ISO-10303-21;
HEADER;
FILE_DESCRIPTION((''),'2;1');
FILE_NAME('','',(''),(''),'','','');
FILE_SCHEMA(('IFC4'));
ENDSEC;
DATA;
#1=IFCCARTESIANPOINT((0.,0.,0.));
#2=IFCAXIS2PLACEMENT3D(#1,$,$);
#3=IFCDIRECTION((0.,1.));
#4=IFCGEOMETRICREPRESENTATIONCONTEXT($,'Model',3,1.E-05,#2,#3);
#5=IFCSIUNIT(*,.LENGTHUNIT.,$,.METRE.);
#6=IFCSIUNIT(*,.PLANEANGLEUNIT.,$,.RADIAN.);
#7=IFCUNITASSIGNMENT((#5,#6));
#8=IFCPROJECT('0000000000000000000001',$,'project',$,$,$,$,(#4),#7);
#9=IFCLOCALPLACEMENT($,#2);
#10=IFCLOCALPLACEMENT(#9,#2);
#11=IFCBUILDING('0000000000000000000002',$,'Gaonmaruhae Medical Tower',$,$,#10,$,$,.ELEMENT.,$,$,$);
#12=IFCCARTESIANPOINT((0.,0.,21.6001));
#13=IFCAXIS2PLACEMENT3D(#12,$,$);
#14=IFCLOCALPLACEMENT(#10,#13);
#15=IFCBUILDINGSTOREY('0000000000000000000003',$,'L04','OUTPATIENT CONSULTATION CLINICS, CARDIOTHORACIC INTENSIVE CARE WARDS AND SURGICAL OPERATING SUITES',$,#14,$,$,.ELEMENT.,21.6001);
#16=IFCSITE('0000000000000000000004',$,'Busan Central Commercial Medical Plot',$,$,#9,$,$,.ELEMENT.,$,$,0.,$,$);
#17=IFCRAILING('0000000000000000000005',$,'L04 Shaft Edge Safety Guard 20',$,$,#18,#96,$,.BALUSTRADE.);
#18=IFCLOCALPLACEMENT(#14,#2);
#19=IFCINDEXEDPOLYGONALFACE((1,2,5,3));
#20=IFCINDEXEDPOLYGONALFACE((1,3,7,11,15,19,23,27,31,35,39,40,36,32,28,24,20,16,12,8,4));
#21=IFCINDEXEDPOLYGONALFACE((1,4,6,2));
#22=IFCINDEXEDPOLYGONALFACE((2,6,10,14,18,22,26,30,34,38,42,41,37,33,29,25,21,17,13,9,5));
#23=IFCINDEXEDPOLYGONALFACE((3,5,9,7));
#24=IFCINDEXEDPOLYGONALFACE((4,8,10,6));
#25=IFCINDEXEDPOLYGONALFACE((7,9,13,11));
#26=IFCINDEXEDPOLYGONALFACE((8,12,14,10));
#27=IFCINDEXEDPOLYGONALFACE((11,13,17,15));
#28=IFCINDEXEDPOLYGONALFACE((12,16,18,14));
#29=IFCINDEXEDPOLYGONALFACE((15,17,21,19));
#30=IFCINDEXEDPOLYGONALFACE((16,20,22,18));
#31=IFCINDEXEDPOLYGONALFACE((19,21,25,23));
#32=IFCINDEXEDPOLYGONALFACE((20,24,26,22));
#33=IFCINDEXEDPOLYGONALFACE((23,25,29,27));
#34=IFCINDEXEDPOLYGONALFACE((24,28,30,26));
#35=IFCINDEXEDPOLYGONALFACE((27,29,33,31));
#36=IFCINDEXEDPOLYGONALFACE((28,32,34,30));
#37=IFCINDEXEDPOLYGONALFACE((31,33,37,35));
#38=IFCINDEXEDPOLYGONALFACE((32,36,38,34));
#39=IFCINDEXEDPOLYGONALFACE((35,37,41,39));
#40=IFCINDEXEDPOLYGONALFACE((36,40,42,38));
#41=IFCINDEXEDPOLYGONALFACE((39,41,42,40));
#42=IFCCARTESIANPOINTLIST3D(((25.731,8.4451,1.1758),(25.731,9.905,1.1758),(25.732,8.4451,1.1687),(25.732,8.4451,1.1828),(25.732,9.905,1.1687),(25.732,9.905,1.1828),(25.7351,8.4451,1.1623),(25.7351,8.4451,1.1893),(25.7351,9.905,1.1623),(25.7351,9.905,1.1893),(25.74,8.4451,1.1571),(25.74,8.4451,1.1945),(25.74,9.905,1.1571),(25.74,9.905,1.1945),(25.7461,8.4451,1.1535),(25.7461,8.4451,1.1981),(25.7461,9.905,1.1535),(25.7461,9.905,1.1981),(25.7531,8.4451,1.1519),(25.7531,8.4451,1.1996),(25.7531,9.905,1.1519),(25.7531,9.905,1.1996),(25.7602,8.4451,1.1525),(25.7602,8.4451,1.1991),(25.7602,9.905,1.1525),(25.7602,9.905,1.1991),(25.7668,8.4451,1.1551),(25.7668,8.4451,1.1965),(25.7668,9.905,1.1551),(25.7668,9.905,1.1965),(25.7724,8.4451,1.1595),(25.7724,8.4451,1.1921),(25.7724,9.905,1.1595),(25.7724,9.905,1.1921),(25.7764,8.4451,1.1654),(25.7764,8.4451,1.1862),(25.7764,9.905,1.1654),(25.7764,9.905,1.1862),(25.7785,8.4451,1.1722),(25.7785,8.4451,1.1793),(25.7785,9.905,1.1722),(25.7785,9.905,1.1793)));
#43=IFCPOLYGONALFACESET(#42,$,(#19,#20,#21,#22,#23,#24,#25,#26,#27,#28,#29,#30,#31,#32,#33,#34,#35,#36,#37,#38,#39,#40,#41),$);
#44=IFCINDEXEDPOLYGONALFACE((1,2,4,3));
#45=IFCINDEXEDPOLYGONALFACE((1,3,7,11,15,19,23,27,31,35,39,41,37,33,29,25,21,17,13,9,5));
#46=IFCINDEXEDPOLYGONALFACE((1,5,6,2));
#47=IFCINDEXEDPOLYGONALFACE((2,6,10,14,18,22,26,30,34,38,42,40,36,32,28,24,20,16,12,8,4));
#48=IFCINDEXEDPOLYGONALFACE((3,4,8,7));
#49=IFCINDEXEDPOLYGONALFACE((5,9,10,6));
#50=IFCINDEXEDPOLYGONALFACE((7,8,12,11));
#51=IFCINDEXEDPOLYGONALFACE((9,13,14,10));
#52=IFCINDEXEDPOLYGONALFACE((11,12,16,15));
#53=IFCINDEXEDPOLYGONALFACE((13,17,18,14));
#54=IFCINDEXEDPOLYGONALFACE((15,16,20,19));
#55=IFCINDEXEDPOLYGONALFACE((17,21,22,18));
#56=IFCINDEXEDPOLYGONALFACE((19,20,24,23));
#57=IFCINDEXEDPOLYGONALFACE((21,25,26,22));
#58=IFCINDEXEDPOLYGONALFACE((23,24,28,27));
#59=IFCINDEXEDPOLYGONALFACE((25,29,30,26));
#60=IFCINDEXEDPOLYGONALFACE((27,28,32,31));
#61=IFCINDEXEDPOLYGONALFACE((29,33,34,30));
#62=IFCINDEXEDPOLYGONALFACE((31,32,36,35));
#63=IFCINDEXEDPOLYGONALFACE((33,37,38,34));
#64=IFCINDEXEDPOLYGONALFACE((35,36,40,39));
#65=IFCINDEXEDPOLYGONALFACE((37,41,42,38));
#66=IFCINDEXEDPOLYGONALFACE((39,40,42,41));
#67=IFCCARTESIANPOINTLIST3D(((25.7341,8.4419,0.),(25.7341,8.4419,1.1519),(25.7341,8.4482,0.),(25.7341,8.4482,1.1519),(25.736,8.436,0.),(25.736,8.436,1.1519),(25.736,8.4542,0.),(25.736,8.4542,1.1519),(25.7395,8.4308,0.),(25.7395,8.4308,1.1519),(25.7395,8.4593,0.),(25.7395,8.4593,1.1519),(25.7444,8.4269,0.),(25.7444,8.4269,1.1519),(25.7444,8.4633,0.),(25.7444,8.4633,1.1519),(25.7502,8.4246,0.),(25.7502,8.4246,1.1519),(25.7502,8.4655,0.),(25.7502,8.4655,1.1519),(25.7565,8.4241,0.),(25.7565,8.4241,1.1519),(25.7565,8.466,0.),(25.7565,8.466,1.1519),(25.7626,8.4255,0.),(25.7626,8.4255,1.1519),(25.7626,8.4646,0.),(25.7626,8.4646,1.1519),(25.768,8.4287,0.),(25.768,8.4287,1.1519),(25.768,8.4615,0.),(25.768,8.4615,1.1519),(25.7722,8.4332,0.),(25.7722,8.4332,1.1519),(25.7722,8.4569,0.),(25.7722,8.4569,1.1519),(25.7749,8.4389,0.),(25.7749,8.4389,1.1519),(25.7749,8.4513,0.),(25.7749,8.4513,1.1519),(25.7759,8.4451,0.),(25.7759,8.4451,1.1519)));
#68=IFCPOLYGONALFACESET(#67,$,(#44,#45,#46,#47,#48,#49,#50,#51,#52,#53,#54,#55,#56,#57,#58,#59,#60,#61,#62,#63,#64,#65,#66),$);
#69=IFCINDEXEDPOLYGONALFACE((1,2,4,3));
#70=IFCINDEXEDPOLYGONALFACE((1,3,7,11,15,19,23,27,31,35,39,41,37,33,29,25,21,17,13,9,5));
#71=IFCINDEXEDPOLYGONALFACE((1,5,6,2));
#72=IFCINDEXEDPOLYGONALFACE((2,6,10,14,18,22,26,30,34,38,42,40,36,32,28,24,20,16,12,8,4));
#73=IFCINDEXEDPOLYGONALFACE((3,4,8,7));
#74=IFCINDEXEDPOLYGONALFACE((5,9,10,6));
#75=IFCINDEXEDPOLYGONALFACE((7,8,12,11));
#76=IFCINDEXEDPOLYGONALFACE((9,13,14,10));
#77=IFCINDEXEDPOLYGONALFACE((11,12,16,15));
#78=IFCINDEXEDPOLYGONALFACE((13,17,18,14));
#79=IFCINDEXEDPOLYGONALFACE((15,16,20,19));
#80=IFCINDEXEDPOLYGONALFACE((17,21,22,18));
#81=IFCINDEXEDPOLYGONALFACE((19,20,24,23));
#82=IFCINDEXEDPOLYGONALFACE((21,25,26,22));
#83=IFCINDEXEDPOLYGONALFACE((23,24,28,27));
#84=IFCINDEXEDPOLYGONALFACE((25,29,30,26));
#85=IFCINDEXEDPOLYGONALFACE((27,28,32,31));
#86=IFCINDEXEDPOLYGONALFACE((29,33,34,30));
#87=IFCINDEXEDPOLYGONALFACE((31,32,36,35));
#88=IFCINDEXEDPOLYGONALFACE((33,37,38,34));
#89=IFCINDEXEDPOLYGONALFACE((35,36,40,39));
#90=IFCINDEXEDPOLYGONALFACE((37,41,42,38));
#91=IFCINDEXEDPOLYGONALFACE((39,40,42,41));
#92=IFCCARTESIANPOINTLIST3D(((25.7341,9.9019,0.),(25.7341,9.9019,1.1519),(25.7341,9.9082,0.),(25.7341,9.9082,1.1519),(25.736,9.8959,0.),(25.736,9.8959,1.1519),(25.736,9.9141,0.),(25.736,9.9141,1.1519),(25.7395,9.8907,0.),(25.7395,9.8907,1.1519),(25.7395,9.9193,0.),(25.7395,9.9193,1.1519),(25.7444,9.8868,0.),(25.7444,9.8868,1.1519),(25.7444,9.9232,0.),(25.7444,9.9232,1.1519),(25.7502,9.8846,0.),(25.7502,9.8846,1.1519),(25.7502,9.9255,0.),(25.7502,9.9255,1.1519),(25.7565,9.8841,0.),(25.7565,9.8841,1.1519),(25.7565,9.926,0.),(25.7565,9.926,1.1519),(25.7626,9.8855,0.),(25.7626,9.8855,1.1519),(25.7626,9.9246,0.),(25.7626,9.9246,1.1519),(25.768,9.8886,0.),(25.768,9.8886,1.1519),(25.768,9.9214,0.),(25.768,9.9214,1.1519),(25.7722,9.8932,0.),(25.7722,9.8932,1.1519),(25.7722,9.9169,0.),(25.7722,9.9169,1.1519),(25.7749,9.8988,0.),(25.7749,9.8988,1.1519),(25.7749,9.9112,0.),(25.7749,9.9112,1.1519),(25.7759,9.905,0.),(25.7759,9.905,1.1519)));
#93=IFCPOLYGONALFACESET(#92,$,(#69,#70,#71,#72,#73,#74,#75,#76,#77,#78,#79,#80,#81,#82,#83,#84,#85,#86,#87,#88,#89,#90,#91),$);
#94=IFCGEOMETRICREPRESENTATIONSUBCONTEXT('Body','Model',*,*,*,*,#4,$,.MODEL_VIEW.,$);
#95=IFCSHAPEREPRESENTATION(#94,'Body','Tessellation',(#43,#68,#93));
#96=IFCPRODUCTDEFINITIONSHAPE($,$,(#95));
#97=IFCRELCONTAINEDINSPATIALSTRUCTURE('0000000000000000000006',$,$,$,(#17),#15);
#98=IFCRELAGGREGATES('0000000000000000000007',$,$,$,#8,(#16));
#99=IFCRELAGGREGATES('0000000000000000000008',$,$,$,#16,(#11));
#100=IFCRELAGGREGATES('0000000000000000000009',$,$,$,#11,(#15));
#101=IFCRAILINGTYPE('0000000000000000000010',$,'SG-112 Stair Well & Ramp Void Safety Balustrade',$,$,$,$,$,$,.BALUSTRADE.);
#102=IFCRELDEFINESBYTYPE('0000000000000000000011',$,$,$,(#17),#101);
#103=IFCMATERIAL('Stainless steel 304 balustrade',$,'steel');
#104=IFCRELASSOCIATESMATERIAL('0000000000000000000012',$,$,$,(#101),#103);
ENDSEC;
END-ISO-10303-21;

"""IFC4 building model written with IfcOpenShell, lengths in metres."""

from ifc_helpers import new_model, si_unit, direction, frame, origin, origin_2d, place, context, subcontext, project, spatial, circle, extrude, material, type_object, element, save


model = new_model("IFC4")

# Units and contexts
model_context = context("Model", 3, precision=1e-05, world=origin(), true_north=direction((0.0, 1.0)))
body_context = subcontext(model_context, "Body", "Model", "MODEL_VIEW")
ifc_project = project(units=[si_unit("LENGTHUNIT", "METRE"), si_unit("PLANEANGLEUNIT", "RADIAN")], contexts=[model_context])

# Site, building, storey
site_placement = place(None, origin())
site = spatial("IfcSite", under=ifc_project, at=site_placement, Name="Busan Central Commercial Medical Plot", CompositionType="ELEMENT", RefElevation=0.0)
building_placement = place(site_placement, origin())
building = spatial("IfcBuilding", under=site, at=building_placement, Name="Gaonmaruhae Medical Tower", CompositionType="ELEMENT")
storey_placement = place(building_placement, frame((0.0, 0.0, 21.6001)))
storey = spatial("IfcBuildingStorey", under=building, at=storey_placement, Name="L04", Description="OUTPATIENT CONSULTATION CLINICS, CARDIOTHORACIC INTENSIVE CARE WARDS AND SURGICAL OPERATING SUITES", CompositionType="ELEMENT", Elevation=21.6001)

# Railing
ifc_material_1 = material(Name="Stainless steel 304 balustrade", Category="steel")
railing_type_1 = type_object("IfcRailingType", Name="SG-112 Stair Well & Ramp Void Safety Balustrade", PredefinedType="BALUSTRADE", material=ifc_material_1)
railing_1_placement = place(storey_placement, frame((25.7549, 8.4451, 0.0)))
element("IfcRailing", 1, at=railing_1_placement, inside=storey, type_object=railing_type_1, Name="L04 Shaft Edge Safety Guard 20", PredefinedType="BALUSTRADE", context=body_context, shape_type="SweptSolid", body=[
    extrude(circle(Radius=0.0239, at=origin_2d()), frame((0.0, 0.0, 1.1758), z_axis=(0.0, 1.0, 0.0), x_axis=(-1.0, 0.0, 0.0)), (0.0, 0.0, 1.0), 1.46),
    extrude(circle(Radius=0.021, at=origin_2d()), origin(), (0.0, 0.0, 1.0), 1.1519),
    extrude(circle(Radius=0.021, at=origin_2d()), frame((0.0, 1.46, 0.0)), (0.0, 0.0, 1.0), 1.1519),
])

save(model, "model.ifc")
